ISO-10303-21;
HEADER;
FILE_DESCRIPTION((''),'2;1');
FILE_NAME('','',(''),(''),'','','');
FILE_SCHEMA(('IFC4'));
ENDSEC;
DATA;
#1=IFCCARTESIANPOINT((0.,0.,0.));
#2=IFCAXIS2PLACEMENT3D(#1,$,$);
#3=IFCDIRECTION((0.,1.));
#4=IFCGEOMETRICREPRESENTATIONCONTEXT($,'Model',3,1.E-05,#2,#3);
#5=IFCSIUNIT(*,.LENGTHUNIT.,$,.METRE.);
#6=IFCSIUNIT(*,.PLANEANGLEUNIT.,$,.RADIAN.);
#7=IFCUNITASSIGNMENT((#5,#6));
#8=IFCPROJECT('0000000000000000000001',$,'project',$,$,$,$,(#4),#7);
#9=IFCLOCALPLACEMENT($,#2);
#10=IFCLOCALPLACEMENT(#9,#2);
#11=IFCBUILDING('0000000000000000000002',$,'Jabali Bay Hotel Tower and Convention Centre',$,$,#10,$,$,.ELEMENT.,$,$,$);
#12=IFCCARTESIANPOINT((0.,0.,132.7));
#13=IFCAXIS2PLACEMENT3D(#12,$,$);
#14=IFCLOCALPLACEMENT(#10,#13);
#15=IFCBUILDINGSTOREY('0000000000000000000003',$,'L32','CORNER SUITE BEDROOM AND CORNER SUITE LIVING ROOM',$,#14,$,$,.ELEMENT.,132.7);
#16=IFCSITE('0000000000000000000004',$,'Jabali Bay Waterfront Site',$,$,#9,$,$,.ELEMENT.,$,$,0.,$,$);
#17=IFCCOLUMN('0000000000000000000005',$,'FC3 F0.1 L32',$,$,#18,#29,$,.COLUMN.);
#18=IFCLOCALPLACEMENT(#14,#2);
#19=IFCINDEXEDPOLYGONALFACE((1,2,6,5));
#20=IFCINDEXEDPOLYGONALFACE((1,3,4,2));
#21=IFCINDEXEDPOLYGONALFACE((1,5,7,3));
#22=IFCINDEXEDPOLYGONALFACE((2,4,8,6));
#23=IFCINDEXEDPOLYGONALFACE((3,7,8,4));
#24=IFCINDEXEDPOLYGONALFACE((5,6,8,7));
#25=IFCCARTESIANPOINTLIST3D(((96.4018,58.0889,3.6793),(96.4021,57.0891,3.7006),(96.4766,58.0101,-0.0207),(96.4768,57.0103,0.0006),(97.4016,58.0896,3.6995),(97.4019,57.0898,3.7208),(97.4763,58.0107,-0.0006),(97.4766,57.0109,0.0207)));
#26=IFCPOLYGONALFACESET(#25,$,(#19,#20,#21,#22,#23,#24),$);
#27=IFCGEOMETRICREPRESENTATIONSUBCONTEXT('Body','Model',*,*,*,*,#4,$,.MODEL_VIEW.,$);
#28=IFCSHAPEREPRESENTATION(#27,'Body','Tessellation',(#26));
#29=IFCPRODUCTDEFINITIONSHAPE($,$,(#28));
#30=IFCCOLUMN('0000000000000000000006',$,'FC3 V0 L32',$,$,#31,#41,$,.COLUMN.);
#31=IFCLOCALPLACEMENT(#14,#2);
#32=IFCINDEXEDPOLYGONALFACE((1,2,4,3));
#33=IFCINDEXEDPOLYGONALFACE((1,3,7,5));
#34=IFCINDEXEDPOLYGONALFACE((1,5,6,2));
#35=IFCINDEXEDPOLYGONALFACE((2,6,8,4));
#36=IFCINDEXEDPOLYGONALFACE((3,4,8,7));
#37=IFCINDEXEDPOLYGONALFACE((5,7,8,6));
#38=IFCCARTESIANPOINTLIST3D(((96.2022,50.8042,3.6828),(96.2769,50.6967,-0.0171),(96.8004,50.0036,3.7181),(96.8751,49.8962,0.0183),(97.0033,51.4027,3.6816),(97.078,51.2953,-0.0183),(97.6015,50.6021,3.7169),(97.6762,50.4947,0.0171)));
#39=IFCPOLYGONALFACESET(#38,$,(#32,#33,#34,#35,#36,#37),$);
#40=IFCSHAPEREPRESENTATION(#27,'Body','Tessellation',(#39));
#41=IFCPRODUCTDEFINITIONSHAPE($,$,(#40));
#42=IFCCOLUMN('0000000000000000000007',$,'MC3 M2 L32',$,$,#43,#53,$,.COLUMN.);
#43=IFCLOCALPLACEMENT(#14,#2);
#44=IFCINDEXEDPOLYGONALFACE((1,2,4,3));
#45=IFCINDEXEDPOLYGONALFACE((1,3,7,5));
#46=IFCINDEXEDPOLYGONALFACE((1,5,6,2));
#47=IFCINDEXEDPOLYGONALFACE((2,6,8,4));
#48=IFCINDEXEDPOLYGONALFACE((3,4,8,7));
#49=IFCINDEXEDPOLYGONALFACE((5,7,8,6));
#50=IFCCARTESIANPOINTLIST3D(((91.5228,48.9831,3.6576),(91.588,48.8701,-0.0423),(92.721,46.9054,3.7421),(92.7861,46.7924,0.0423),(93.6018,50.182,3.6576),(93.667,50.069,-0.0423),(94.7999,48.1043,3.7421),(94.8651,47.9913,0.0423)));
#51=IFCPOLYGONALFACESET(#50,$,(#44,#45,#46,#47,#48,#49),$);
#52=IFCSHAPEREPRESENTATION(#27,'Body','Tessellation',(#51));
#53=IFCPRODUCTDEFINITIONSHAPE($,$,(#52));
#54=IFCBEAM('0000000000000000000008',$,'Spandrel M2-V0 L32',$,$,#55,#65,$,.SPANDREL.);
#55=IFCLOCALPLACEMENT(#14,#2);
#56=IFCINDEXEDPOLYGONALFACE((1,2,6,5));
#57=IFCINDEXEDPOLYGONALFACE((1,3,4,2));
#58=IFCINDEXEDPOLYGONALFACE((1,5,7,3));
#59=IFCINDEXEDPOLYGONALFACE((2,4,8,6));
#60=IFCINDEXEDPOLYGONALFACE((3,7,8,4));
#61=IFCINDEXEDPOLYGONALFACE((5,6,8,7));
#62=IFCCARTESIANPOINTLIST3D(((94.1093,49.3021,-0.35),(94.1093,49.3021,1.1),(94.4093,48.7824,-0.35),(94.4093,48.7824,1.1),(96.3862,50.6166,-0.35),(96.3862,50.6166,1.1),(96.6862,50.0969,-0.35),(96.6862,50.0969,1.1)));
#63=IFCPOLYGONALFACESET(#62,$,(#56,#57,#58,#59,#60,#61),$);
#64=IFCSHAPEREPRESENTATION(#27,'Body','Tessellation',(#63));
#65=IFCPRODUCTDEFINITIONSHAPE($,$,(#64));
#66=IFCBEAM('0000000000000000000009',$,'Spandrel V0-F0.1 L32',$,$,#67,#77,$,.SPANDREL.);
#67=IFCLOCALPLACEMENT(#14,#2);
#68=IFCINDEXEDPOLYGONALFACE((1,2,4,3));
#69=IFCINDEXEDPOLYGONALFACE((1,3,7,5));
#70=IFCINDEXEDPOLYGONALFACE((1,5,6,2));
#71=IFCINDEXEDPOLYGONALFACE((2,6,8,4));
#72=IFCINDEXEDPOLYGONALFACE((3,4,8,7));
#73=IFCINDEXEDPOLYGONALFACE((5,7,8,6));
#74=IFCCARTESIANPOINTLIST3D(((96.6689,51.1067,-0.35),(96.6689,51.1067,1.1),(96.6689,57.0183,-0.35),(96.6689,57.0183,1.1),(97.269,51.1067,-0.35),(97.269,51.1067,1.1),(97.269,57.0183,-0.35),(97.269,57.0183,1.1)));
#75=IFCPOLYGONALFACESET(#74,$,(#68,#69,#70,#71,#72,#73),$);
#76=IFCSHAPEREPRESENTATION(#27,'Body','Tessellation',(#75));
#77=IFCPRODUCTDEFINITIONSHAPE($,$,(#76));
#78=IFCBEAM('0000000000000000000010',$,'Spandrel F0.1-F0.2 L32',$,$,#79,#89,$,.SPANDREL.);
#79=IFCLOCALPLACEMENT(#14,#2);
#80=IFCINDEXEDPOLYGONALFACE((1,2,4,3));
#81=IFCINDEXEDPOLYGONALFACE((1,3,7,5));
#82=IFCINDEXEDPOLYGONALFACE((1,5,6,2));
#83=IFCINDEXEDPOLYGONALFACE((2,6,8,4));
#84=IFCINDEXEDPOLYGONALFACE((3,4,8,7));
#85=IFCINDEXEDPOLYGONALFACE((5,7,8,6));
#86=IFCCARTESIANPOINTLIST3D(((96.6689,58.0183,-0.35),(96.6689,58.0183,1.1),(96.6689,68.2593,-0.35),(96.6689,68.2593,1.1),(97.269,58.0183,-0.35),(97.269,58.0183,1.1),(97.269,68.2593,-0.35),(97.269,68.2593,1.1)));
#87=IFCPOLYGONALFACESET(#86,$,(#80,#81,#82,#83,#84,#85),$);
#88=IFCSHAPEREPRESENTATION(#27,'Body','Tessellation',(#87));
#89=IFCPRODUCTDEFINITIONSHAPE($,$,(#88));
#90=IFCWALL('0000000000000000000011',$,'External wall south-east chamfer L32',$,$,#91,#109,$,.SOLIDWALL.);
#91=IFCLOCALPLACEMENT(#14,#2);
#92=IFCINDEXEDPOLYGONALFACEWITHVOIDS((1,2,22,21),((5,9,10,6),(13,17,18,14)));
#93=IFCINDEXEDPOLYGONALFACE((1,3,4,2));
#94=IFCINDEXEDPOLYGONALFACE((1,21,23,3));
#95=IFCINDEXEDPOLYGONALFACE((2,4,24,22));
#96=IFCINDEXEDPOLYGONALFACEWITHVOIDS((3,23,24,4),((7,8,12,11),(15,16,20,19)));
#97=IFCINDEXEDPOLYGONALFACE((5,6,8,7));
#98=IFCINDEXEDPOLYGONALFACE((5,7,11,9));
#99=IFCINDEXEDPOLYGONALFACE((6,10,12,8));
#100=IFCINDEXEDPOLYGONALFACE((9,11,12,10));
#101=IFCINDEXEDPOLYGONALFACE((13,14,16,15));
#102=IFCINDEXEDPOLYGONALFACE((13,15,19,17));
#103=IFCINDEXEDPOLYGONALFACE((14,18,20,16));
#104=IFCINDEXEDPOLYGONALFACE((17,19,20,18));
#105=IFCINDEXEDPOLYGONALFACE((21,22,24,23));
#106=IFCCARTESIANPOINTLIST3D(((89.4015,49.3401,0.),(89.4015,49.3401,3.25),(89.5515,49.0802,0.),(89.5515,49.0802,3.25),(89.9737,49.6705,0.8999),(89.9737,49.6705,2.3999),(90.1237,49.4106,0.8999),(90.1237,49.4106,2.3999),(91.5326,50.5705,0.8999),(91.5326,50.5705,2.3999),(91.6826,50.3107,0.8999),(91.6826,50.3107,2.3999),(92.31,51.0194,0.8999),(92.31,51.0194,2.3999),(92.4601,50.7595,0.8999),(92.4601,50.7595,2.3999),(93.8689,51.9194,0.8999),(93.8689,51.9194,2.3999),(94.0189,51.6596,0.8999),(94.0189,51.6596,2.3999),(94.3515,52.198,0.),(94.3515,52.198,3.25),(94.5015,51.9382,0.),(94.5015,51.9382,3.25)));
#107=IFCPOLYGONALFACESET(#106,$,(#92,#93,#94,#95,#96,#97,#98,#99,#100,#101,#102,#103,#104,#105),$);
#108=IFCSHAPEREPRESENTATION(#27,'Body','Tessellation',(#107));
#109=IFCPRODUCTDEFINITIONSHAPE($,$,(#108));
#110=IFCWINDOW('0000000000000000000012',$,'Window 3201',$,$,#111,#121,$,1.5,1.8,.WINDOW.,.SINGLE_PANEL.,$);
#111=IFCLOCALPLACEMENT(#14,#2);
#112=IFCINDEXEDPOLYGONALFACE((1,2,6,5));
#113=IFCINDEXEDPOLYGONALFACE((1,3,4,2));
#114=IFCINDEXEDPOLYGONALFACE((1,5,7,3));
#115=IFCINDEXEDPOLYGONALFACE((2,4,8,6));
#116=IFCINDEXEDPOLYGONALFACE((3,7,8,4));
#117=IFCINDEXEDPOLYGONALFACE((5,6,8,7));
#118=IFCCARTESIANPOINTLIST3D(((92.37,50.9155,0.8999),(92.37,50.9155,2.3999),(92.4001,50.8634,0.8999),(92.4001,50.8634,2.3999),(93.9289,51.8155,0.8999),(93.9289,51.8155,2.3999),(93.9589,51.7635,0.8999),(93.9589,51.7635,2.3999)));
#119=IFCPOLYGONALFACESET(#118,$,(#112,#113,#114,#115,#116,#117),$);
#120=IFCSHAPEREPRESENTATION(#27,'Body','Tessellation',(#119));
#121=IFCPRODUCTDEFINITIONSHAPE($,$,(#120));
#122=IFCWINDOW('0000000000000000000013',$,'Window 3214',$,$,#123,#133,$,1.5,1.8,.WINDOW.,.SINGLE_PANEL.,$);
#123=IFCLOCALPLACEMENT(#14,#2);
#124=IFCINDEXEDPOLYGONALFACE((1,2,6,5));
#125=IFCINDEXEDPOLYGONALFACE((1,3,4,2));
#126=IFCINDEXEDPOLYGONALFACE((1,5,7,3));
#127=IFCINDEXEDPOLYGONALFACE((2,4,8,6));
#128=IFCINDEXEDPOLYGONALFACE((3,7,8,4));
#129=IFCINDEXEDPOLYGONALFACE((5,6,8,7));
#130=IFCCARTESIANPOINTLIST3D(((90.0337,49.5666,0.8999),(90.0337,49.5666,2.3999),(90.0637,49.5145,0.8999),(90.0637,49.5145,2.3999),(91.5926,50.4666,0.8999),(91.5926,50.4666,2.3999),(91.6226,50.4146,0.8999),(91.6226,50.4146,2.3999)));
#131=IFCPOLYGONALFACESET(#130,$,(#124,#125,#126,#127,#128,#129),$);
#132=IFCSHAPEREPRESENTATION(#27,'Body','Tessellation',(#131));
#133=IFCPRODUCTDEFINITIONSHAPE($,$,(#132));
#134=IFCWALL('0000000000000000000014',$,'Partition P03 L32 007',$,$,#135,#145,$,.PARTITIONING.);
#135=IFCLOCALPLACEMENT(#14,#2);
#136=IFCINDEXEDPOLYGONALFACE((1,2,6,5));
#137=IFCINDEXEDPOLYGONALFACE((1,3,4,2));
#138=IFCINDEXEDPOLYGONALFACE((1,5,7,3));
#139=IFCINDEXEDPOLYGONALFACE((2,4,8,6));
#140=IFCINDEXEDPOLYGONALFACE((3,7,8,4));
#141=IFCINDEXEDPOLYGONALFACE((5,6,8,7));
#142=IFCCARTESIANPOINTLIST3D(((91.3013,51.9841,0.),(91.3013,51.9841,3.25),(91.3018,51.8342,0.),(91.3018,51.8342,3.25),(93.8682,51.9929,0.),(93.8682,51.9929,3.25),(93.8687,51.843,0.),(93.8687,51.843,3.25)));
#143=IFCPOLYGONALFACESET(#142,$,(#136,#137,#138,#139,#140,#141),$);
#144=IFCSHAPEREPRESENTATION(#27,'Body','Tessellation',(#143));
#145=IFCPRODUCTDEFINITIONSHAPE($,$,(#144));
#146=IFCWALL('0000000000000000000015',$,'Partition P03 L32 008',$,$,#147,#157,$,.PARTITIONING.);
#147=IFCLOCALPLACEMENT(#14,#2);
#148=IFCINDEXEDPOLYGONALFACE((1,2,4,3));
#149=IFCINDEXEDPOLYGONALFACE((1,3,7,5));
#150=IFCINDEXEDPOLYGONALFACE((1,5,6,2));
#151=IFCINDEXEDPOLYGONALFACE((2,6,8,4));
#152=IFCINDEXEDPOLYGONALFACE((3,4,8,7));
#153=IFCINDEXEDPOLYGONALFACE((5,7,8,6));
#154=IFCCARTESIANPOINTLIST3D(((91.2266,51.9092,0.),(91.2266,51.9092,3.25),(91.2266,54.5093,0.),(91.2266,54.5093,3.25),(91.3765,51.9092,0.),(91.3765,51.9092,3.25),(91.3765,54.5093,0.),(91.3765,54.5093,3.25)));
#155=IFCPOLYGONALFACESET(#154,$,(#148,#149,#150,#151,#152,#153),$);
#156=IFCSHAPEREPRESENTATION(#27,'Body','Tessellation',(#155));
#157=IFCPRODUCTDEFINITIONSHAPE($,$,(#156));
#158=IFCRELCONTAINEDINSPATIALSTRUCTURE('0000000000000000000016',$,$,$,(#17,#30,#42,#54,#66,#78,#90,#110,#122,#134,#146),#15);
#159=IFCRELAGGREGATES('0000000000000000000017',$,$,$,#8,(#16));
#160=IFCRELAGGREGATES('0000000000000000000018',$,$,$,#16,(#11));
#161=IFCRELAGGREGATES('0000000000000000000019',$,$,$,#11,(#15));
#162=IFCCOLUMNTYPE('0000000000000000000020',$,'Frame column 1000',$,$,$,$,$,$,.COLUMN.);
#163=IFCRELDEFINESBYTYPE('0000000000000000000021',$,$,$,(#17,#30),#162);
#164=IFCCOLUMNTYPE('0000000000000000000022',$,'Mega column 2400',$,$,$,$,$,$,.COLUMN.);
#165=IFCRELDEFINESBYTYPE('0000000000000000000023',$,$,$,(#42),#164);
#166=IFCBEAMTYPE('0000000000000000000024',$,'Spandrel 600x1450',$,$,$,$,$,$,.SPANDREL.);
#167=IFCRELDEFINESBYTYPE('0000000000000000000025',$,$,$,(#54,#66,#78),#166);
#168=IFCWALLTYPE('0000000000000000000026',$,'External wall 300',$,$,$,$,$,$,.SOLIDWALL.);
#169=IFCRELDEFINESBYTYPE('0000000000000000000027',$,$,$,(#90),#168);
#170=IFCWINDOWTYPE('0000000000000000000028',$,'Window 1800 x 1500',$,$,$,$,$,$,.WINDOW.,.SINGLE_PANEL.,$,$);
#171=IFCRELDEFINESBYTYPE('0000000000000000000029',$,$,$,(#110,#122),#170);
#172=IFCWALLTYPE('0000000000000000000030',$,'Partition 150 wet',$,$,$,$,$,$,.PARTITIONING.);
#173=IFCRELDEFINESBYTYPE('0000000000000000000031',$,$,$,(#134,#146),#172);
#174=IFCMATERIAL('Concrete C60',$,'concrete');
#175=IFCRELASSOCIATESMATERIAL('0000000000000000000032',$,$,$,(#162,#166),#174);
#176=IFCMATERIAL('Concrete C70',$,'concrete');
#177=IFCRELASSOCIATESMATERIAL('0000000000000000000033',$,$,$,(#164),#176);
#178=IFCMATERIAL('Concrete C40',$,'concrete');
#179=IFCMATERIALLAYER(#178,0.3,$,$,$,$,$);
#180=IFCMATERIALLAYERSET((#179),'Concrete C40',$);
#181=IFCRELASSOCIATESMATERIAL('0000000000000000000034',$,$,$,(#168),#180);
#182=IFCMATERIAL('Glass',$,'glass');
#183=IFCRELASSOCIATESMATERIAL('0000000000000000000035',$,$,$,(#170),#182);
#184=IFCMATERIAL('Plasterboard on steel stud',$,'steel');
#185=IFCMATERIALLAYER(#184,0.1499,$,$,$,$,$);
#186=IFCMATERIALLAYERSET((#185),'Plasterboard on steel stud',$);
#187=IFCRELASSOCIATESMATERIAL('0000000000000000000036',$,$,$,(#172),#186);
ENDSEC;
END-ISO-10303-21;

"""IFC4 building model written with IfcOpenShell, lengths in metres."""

from ifc_helpers import new_model, si_unit, direction, frame, frame_2d, origin, origin_2d, place, context, subcontext, project, spatial, rectangle, extrude, material, layer, layer_set, material_profile, profile_set, type_object, element, fill, save


model = new_model("IFC4")

# Units and contexts
model_context = context("Model", 3, precision=1e-05, world=origin(), true_north=direction((0.0, 1.0)))
body_context = subcontext(model_context, "Body", "Model", "MODEL_VIEW")
ifc_project = project(units=[si_unit("LENGTHUNIT", "METRE"), si_unit("PLANEANGLEUNIT", "RADIAN")], contexts=[model_context])

# Site, building, storey
site_placement = place(None, origin())
site = spatial("IfcSite", under=ifc_project, at=site_placement, Name="Jabali Bay Waterfront Site", CompositionType="ELEMENT", RefElevation=0.0)
building_placement = place(site_placement, origin())
building = spatial("IfcBuilding", under=site, at=building_placement, Name="Jabali Bay Hotel Tower and Convention Centre", CompositionType="ELEMENT")
storey_placement = place(building_placement, frame((0.0, 0.0, 132.7)))
storey = spatial("IfcBuildingStorey", under=building, at=storey_placement, Name="L32", Description="CORNER SUITE BEDROOM AND CORNER SUITE LIVING ROOM", CompositionType="ELEMENT", Elevation=132.7)

# Columns
ifc_material_1 = material(Name="Concrete C60", Category="concrete")
ifc_material_profile_1 = material_profile(ifc_material_1, rectangle(XDim=1.0, YDim=1.0, at=origin_2d()), Name="Frame column 1000")
ifc_profile_set_1 = profile_set([ifc_material_profile_1], Name="Concrete C60")
column_type_1 = type_object("IfcColumnType", Name="Frame column 1000", PredefinedType="COLUMN", material=ifc_profile_set_1)
column_1_placement = place(storey_placement, frame((96.9766, 57.5105, 0.0), z_axis=(-0.020183, 0.021304, 0.999569), x_axis=(0.000222, -0.999773, 0.021313)))
element("IfcColumn", 1, at=column_1_placement, inside=storey, type_object=column_type_1, Name="FC3 F0.1 L32", PredefinedType="COLUMN", context=body_context, shape_type="SweptSolid", body=[
    extrude(rectangle(XDim=1.0, YDim=1.0, at=origin_2d()), origin(), (0.0, 0.0, 1.0), 3.7017),
])
column_2_placement = place(storey_placement, frame((96.9766, 50.5957, 0.0), z_axis=(-0.020179, 0.029015, 0.999375), x_axis=(-0.80111, -0.598515, 0.001201)))
element("IfcColumn", 2, at=column_2_placement, inside=storey, type_object=column_type_1, Name="FC3 V0 L32", PredefinedType="COLUMN", context=body_context, shape_type="SweptSolid", body=[
    extrude(rectangle(XDim=1.0, YDim=1.0, at=origin_2d()), origin(), (0.0, 0.0, 1.0), 3.7021),
])
ifc_material_2 = material(Name="Concrete C70", Category="concrete")
ifc_material_profile_2 = material_profile(ifc_material_2, rectangle(XDim=2.3999, YDim=2.3999, at=origin_2d()), Name="Mega column 2400")
ifc_profile_set_2 = profile_set([ifc_material_profile_2], Name="Concrete C70")
column_type_2 = type_object("IfcColumnType", Name="Mega column 2400", PredefinedType="COLUMN", material=ifc_profile_set_2)
column_3_placement = place(storey_placement, frame((93.2266, 48.4307, 0.0), z_axis=(-0.017607, 0.030532, 0.999379), x_axis=(0.49925, -0.865741, 0.035245)))
element("IfcColumn", 3, at=column_3_placement, inside=storey, type_object=column_type_2, Name="MC3 M2 L32", PredefinedType="COLUMN", context=body_context, shape_type="SweptSolid", body=[
    extrude(rectangle(XDim=2.3999, YDim=2.3999, at=origin_2d()), origin(), (0.0, 0.0, 1.0), 3.7021),
])

# Beams
ifc_material_profile_3 = material_profile(ifc_material_1, rectangle(XDim=0.6001, YDim=1.45, at=origin_2d()), Name="Spandrel 600x1450")
ifc_profile_set_3 = profile_set([ifc_material_profile_3], Name="Concrete C60")
beam_type = type_object("IfcBeamType", Name="Spandrel 600x1450", PredefinedType="SPANDREL", material=ifc_profile_set_3)
beam_1_placement = place(storey_placement, frame((94.2593, 49.0422, 0.375), z_axis=(0.86604, 0.499974, 0.0), x_axis=(-0.499974, 0.86604, 0.0)))
element("IfcBeam", 4, at=beam_1_placement, inside=storey, type_object=beam_type, Name="Spandrel M2-V0 L32", PredefinedType="SPANDREL", context=body_context, shape_type="SweptSolid", body=[
    extrude(rectangle(XDim=0.6001, YDim=1.45, at=origin_2d()), origin(), (0.0, 0.0, 1.0), 2.6292),
])
beam_2_placement = place(storey_placement, frame((96.969, 51.1067, 0.375), z_axis=(0.0, 1.0, 0.0), x_axis=(-1.0, 0.0, 0.0)))
element("IfcBeam", 5, at=beam_2_placement, inside=storey, type_object=beam_type, Name="Spandrel V0-F0.1 L32", PredefinedType="SPANDREL", context=body_context, shape_type="SweptSolid", body=[
    extrude(rectangle(XDim=0.6001, YDim=1.45, at=origin_2d()), origin(), (0.0, 0.0, 1.0), 5.9116),
])
beam_3_placement = place(storey_placement, frame((96.969, 58.0183, 0.375), z_axis=(0.0, 1.0, 0.0), x_axis=(-1.0, 0.0, 0.0)))
element("IfcBeam", 6, at=beam_3_placement, inside=storey, type_object=beam_type, Name="Spandrel F0.1-F0.2 L32", PredefinedType="SPANDREL", context=body_context, shape_type="SweptSolid", body=[
    extrude(rectangle(XDim=0.6001, YDim=1.45, at=origin_2d()), origin(), (0.0, 0.0, 1.0), 10.241),
])

# Wall, openings, windows
ifc_material_3 = material(Name="Concrete C40", Category="concrete")
ifc_layer_1 = layer(ifc_material_3, 0.3)
ifc_layer_set_1 = layer_set([ifc_layer_1], Name="Concrete C40")
wall_type_1 = type_object("IfcWallType", Name="External wall 300", PredefinedType="SOLIDWALL", material=ifc_layer_set_1)
wall_1_placement = place(storey_placement, frame((94.4265, 52.0681, 0.0), z_axis=(0.0, 0.0, 1.0), x_axis=(-0.866021, -0.500007, 0.0)))
wall_1 = element("IfcWall", 7, at=wall_1_placement, inside=storey, type_object=wall_type_1, Name="External wall south-east chamfer L32", PredefinedType="SOLIDWALL", context=body_context, shape_type="SweptSolid", body=[
    extrude(rectangle(XDim=5.7158, YDim=0.3, at=frame_2d((2.8579, 0.0))), origin(), (0.0, 0.0, 1.0), 3.25),
])
opening_1_placement = place(wall_1_placement, frame((0.5574, 0.0, 0.8999)))
opening_1 = element("IfcOpeningElement", 8, at=opening_1_placement, cuts=wall_1, PredefinedType="OPENING", context=body_context, shape_type="SweptSolid", body=[
    extrude(rectangle(XDim=1.8, YDim=1.5, at=frame_2d((0.8999, 0.75))), frame((0.0, 0.1606, 0.0), z_axis=(0.0, -1.0, 0.0), x_axis=(1.0, 0.0, 0.0)), (0.0, 0.0, 1.0), 0.321),
])
opening_2_placement = place(wall_1_placement, frame((3.2551, 0.0, 0.8999)))
opening_2 = element("IfcOpeningElement", 9, at=opening_2_placement, cuts=wall_1, PredefinedType="OPENING", context=body_context, shape_type="SweptSolid", body=[
    extrude(rectangle(XDim=1.8, YDim=1.5, at=frame_2d((0.8999, 0.75))), frame((0.0, 0.1606, 0.0), z_axis=(0.0, -1.0, 0.0), x_axis=(1.0, 0.0, 0.0)), (0.0, 0.0, 1.0), 0.321),
])
ifc_material_4 = material(Name="Glass", Category="glass")
window_type = type_object("IfcWindowType", Name="Window 1800 x 1500", PartitioningType="SINGLE_PANEL", PredefinedType="WINDOW", material=ifc_material_4)
window_1_placement = place(opening_1_placement, origin())
window_1 = element("IfcWindow", 10, at=window_1_placement, inside=storey, type_object=window_type, Name="Window 3201", OverallHeight=1.5, OverallWidth=1.8, PartitioningType="SINGLE_PANEL", PredefinedType="WINDOW", context=body_context, shape_type="SweptSolid", body=[
    extrude(rectangle(XDim=1.8, YDim=1.5, at=frame_2d((0.8999, 0.75))), frame((0.0, 0.03, 0.0), z_axis=(0.0, -1.0, 0.0), x_axis=(1.0, 0.0, 0.0)), (0.0, 0.0, 1.0), 0.0601),
])
fill(opening_1, window_1)
window_2_placement = place(opening_2_placement, origin())
window_2 = element("IfcWindow", 11, at=window_2_placement, inside=storey, type_object=window_type, Name="Window 3214", OverallHeight=1.5, OverallWidth=1.8, PartitioningType="SINGLE_PANEL", PredefinedType="WINDOW", context=body_context, shape_type="SweptSolid", body=[
    extrude(rectangle(XDim=1.8, YDim=1.5, at=frame_2d((0.8999, 0.75))), frame((0.0, 0.03, 0.0), z_axis=(0.0, -1.0, 0.0), x_axis=(1.0, 0.0, 0.0)), (0.0, 0.0, 1.0), 0.0601),
])
fill(opening_2, window_2)

# Walls
ifc_material_5 = material(Name="Plasterboard on steel stud", Category="steel")
ifc_layer_2 = layer(ifc_material_5, 0.1499)
ifc_layer_set_2 = layer_set([ifc_layer_2], Name="Plasterboard on steel stud")
wall_type_2 = type_object("IfcWallType", Name="Partition 150 wet", PredefinedType="PARTITIONING", material=ifc_layer_set_2)
wall_2_placement = place(storey_placement, frame((93.8684, 51.918, 0.0), z_axis=(0.0, 0.0, 1.0), x_axis=(-0.999994, -0.003424, 0.0)))
element("IfcWall", 12, at=wall_2_placement, inside=storey, type_object=wall_type_2, Name="Partition P03 L32 007", PredefinedType="PARTITIONING", context=body_context, shape_type="SweptSolid", body=[
    extrude(rectangle(XDim=2.5669, YDim=0.1499, at=frame_2d((1.2834, 0.0))), origin(), (0.0, 0.0, 1.0), 3.25),
])
wall_3_placement = place(storey_placement, frame((91.3015, 51.9092, 0.0), z_axis=(0.0, 0.0, 1.0), x_axis=(0.0, 1.0, 0.0)))
element("IfcWall", 13, at=wall_3_placement, inside=storey, type_object=wall_type_2, Name="Partition P03 L32 008", PredefinedType="PARTITIONING", context=body_context, shape_type="SweptSolid", body=[
    extrude(rectangle(XDim=2.6001, YDim=0.1499, at=frame_2d((1.3, 0.0))), origin(), (0.0, 0.0, 1.0), 3.25),
])

save(model, "model.ifc")
